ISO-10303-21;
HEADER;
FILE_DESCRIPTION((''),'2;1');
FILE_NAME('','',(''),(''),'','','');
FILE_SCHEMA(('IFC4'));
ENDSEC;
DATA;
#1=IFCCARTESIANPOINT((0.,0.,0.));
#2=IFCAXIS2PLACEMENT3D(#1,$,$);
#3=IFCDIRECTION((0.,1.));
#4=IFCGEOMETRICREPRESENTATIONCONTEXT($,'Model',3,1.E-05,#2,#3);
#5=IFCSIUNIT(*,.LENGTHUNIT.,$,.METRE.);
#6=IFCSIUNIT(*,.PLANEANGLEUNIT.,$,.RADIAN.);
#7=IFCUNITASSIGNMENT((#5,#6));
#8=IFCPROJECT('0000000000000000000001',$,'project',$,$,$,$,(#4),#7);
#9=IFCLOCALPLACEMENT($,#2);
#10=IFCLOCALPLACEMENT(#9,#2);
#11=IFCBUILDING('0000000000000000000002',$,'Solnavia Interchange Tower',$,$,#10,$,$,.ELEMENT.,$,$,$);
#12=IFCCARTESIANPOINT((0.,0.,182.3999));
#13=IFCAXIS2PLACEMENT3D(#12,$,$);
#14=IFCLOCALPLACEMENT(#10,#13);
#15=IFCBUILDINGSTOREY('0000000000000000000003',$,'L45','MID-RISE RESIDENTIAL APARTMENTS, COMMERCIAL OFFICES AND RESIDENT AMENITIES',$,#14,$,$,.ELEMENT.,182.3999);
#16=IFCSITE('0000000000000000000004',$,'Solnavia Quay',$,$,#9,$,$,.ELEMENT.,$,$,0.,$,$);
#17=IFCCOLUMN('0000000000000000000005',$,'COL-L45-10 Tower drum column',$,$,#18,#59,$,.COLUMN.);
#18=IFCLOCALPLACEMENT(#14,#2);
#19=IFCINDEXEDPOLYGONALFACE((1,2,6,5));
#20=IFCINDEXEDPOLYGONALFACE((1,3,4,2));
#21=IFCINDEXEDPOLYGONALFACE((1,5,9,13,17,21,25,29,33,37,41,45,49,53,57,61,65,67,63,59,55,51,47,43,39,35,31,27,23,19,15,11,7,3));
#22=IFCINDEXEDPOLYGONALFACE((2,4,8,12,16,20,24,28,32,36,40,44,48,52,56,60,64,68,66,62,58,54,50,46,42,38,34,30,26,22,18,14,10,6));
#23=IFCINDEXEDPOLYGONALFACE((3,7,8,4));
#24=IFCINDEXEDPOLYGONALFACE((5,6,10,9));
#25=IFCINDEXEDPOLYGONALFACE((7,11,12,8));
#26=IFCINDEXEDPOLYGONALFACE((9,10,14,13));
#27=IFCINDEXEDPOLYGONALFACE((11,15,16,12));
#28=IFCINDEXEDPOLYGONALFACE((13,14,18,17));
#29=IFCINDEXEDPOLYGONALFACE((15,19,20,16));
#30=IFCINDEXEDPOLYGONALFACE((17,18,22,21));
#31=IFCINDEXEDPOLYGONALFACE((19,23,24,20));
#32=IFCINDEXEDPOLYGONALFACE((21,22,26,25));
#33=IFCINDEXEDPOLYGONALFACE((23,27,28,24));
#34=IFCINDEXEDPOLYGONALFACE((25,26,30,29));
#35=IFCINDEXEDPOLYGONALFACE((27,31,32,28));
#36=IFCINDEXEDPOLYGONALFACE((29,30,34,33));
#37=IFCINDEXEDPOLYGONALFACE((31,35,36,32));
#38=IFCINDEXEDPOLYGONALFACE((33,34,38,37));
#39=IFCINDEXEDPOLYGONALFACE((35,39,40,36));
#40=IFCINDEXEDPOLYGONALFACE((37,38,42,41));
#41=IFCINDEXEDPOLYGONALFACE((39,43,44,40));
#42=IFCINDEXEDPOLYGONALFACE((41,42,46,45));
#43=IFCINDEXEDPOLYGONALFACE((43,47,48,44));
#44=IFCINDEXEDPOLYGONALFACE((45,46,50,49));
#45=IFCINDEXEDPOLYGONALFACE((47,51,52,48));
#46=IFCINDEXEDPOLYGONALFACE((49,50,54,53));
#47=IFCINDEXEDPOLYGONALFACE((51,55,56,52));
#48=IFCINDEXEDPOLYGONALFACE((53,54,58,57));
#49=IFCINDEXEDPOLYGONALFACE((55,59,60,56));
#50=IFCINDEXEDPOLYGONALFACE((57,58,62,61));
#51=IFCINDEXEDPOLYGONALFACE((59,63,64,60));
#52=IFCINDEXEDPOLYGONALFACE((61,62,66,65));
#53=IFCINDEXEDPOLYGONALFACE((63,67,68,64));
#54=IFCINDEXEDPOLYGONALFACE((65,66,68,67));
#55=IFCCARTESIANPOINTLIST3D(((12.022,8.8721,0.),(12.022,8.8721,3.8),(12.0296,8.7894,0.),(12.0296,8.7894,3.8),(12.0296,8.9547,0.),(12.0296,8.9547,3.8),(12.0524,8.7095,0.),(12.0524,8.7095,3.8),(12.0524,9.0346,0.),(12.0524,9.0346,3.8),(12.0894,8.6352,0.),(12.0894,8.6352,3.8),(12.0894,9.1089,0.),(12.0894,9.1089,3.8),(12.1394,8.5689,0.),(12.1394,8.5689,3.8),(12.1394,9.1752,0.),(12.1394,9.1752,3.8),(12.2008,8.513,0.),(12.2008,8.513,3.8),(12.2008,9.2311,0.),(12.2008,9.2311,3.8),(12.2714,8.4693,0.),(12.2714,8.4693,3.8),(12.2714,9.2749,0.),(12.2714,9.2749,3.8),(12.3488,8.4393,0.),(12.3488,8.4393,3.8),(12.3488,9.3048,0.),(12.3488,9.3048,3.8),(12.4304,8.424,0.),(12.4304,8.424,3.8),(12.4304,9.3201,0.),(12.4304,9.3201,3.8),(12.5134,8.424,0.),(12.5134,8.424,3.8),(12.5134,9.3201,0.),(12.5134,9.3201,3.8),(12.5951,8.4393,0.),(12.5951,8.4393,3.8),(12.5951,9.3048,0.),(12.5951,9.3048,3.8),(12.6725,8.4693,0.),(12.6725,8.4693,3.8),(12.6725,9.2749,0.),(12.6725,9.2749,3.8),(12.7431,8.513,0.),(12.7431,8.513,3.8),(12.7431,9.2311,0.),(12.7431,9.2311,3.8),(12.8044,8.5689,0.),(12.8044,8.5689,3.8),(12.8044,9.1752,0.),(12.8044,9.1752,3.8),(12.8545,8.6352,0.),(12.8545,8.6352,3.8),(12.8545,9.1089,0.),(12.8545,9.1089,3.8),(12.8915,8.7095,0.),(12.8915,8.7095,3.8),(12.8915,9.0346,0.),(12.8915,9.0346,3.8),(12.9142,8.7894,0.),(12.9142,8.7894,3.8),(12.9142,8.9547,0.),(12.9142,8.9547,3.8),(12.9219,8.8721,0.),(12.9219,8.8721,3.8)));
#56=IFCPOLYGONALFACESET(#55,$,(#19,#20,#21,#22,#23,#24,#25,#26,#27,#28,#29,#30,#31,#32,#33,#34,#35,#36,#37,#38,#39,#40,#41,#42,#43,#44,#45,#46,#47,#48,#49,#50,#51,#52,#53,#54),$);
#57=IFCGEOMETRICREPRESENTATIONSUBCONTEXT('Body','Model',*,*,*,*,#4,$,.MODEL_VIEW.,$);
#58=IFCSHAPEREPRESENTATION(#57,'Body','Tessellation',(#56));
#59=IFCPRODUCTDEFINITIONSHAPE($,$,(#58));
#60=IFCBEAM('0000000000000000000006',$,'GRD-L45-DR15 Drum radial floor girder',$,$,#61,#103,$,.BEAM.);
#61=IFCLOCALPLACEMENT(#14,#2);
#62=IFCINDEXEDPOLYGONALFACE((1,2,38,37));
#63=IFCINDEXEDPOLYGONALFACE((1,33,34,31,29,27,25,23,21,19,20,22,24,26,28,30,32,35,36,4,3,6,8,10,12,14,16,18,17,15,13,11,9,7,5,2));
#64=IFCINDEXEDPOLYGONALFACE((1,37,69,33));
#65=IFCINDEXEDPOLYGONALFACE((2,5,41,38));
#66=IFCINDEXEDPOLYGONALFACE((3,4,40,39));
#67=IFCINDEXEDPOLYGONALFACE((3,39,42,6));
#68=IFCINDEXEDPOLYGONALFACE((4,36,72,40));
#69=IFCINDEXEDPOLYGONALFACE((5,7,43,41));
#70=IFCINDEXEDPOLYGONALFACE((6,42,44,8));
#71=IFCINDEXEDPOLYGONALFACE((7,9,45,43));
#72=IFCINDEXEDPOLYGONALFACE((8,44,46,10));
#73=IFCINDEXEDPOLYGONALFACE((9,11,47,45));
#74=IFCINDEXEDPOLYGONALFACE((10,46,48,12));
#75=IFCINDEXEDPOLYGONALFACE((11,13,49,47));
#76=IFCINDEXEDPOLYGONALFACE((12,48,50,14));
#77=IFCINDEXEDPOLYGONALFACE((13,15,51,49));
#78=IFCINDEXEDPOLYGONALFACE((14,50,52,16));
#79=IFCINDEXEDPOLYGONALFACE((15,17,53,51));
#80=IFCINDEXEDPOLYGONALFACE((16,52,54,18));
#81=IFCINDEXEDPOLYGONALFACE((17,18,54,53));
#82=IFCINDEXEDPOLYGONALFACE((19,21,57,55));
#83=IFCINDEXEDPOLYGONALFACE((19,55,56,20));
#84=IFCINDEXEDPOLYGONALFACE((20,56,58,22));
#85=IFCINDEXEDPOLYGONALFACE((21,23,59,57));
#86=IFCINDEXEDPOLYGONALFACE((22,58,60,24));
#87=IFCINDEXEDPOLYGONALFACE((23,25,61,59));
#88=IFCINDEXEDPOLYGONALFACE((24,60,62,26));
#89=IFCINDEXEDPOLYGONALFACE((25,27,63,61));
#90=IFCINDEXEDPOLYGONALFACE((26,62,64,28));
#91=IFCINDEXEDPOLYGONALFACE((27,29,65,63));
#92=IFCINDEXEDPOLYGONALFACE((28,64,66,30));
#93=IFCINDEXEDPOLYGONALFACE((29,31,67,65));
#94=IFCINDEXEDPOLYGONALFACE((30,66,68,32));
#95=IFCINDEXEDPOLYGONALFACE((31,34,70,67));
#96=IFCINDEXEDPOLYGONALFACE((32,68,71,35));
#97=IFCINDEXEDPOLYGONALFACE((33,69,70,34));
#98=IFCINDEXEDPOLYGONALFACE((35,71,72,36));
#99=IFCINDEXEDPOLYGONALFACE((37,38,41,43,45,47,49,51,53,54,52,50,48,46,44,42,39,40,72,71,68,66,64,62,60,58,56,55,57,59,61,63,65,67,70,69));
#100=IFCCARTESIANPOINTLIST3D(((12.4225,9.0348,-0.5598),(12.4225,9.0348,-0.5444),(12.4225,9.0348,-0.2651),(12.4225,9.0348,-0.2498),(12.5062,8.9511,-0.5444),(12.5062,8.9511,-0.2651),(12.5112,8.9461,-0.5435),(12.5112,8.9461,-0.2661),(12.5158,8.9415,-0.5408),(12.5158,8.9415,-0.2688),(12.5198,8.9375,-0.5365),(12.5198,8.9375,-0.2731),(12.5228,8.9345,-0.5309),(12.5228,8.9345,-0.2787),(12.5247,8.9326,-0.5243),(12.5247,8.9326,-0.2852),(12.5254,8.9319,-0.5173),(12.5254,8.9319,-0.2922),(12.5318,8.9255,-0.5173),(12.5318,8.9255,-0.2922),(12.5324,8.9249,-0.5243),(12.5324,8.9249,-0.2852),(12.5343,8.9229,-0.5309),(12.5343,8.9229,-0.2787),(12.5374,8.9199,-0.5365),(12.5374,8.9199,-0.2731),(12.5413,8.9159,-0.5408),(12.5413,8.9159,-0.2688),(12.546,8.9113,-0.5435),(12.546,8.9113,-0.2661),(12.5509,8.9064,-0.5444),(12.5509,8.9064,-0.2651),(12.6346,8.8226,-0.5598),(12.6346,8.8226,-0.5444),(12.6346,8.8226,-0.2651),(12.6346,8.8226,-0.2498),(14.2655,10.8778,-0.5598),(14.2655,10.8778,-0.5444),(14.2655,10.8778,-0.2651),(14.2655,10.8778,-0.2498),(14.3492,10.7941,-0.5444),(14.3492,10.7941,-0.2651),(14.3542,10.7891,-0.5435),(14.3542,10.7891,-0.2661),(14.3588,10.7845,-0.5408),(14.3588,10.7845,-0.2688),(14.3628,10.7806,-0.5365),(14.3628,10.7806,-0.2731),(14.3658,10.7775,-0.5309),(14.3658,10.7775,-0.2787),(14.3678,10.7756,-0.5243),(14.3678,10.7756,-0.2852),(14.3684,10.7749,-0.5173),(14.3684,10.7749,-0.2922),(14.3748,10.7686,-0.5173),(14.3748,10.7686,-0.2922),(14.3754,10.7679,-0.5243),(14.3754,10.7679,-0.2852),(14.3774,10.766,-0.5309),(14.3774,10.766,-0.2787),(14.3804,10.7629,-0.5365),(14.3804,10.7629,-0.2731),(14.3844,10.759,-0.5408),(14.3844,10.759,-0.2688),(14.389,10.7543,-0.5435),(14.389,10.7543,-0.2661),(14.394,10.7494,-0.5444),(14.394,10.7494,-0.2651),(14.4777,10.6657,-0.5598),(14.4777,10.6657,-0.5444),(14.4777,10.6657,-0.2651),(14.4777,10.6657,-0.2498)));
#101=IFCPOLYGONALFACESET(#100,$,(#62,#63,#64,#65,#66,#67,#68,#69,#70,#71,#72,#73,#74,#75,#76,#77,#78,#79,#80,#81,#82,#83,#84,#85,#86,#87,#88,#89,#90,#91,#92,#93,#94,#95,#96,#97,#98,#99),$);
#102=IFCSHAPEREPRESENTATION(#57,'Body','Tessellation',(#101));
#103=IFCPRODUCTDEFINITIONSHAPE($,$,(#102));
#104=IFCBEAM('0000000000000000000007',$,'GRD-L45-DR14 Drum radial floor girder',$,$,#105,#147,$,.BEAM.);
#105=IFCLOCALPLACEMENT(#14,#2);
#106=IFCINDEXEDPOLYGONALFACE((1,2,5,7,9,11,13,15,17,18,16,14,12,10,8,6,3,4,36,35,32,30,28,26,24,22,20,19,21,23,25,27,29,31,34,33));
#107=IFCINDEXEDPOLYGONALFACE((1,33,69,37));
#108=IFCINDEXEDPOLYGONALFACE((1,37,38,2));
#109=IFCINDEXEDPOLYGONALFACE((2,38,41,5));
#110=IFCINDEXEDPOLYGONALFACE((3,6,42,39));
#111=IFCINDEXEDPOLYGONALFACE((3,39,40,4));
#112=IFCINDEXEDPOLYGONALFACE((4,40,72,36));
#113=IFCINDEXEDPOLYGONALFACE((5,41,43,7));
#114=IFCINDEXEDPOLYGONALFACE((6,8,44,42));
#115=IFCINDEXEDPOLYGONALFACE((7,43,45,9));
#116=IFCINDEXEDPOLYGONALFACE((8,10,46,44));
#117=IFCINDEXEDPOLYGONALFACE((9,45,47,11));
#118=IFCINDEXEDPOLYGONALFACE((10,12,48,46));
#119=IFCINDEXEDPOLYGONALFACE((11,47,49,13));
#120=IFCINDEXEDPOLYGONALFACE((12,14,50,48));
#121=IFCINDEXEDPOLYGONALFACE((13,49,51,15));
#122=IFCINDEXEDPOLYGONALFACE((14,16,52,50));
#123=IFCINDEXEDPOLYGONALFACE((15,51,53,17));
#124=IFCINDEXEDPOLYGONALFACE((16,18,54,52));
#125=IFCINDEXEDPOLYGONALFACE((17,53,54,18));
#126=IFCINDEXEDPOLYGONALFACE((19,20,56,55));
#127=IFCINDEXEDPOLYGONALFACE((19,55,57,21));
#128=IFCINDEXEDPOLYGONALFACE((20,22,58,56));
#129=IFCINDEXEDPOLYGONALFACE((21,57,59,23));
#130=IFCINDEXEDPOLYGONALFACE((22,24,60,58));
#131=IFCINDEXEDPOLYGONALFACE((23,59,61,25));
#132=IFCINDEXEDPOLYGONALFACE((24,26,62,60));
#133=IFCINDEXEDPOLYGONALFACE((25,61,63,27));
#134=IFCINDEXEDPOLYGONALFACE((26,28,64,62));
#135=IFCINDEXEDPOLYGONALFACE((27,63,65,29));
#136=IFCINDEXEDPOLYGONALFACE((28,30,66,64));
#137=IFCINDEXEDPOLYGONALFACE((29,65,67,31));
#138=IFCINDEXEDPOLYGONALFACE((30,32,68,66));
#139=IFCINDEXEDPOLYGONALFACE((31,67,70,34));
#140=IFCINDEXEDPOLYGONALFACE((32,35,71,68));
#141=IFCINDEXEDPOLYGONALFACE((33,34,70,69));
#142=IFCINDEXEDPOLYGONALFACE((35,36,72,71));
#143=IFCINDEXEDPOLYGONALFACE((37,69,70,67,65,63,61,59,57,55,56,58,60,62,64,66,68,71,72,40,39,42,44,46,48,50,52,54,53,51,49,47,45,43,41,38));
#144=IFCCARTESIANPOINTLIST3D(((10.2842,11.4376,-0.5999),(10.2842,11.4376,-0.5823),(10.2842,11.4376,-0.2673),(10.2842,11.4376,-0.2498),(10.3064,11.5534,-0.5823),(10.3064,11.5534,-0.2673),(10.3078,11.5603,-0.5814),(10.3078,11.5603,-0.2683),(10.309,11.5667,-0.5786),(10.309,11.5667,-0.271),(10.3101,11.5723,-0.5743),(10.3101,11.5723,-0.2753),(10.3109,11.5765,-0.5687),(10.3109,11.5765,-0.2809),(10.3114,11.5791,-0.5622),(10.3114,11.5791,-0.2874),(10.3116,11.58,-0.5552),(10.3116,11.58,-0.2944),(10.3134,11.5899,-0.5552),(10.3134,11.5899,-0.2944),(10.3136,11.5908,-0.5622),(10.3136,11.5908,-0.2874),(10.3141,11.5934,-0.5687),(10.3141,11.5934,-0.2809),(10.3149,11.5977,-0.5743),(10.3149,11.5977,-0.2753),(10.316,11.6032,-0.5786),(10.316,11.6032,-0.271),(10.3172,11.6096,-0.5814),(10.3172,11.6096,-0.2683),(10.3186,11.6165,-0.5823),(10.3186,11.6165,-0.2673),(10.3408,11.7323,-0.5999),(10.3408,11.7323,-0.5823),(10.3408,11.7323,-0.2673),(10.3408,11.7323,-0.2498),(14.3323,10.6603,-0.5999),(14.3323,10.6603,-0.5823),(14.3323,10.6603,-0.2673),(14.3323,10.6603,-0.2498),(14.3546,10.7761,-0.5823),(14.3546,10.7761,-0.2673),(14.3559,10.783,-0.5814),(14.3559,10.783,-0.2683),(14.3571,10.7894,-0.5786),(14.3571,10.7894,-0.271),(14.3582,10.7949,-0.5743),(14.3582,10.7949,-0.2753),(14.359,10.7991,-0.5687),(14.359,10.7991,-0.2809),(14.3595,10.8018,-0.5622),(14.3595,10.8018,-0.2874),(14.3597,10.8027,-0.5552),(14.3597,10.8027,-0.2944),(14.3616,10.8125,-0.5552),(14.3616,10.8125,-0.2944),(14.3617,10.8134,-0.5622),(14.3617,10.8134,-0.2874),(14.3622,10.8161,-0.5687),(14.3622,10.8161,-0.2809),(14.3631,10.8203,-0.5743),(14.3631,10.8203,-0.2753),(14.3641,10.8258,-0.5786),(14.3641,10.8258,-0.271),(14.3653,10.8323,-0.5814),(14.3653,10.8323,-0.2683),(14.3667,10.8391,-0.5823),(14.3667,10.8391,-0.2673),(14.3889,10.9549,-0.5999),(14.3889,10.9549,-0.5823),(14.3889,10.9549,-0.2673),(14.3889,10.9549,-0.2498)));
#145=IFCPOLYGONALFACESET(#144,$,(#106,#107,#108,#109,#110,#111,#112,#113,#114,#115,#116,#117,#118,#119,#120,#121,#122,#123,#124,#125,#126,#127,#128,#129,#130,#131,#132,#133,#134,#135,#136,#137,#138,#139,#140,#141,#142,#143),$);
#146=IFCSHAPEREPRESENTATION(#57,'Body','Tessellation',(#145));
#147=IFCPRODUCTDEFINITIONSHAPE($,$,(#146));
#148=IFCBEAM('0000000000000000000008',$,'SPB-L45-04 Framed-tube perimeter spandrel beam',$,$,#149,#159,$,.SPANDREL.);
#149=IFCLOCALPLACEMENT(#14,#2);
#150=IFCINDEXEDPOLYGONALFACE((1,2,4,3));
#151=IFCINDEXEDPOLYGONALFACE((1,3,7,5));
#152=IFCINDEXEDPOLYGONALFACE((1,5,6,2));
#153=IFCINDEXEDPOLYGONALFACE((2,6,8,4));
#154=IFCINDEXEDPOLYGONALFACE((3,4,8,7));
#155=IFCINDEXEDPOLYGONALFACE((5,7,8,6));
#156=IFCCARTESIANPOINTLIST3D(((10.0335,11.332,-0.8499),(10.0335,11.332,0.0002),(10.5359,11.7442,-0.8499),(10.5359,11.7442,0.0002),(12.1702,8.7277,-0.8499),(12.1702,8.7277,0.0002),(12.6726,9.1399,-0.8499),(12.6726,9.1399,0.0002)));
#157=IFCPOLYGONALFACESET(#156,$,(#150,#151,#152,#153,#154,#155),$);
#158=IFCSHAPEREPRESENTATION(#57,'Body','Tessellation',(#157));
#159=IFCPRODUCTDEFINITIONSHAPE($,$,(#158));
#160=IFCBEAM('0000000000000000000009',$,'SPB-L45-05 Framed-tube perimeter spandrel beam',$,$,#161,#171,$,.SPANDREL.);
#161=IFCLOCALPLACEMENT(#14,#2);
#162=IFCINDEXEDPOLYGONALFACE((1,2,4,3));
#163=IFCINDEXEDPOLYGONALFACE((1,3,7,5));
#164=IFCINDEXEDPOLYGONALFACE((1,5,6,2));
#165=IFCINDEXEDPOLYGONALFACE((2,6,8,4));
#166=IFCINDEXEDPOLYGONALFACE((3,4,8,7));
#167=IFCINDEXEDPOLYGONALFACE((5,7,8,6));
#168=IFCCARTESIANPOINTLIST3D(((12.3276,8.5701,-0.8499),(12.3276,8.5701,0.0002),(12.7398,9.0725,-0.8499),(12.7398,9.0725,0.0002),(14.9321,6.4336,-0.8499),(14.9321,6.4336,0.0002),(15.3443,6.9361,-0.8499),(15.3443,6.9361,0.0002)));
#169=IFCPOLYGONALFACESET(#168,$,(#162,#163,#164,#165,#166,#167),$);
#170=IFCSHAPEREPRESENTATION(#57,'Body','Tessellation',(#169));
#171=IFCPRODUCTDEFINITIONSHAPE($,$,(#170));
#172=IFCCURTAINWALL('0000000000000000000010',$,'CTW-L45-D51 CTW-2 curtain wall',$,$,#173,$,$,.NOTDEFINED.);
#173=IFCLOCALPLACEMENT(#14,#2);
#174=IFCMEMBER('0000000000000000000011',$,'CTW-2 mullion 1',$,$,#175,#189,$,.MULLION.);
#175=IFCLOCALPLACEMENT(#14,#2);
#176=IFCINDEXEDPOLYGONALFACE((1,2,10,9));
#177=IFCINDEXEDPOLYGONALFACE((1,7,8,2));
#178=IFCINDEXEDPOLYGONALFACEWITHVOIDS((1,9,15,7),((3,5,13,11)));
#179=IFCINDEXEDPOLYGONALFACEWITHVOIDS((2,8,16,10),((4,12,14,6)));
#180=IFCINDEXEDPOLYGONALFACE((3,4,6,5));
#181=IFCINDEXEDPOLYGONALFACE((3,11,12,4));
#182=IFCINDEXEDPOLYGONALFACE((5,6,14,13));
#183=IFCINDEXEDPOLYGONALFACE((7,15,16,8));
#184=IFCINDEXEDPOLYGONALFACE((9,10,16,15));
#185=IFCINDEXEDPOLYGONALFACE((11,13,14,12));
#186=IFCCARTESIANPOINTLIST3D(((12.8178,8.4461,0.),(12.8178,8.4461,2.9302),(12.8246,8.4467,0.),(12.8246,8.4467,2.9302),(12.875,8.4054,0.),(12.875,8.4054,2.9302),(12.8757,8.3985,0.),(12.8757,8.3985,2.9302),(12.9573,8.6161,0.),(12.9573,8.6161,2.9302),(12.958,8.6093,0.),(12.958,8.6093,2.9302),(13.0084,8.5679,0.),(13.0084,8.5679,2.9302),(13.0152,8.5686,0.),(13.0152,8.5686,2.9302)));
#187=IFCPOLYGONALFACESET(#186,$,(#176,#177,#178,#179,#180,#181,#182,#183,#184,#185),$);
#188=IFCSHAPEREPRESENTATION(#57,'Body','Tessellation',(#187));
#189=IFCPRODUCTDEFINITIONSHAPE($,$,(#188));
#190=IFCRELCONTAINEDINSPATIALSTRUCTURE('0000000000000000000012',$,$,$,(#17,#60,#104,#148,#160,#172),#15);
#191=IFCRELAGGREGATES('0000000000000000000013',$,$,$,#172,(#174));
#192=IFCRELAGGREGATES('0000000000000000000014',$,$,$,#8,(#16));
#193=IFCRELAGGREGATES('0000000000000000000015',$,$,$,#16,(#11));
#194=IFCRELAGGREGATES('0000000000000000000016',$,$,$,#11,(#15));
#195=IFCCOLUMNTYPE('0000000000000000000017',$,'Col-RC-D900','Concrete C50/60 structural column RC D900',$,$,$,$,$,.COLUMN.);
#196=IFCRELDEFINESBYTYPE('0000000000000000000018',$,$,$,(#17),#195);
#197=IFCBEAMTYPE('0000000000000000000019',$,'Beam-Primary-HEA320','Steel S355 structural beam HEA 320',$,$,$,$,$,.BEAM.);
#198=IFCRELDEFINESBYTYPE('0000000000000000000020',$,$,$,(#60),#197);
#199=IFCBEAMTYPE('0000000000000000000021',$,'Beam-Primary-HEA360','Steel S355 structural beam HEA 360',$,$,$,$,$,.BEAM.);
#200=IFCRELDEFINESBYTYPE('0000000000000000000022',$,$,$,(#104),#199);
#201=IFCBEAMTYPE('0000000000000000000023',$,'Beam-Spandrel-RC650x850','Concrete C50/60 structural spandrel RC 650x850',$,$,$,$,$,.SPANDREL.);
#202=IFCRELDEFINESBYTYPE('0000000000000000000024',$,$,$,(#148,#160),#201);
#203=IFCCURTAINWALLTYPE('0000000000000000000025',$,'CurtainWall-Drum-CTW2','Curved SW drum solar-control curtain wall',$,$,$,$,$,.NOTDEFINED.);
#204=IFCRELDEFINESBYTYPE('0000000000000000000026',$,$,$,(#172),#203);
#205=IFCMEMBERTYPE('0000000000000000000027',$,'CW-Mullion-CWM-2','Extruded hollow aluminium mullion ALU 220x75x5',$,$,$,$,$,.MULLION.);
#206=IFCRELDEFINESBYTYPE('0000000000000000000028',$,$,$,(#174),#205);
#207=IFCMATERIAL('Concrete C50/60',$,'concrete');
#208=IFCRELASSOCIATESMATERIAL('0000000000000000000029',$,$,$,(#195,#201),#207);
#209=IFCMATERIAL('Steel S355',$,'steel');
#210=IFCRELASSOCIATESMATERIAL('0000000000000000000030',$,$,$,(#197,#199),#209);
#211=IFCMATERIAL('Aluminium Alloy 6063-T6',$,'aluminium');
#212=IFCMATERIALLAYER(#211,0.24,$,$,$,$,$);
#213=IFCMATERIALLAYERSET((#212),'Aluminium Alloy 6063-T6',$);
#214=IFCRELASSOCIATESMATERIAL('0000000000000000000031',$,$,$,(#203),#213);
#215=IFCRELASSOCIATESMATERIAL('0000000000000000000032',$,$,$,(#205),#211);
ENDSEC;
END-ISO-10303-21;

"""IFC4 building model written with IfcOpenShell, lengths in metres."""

from ifc_helpers import new_model, si_unit, direction, frame, origin, origin_2d, place, context, subcontext, project, spatial, rectangle, hollow_rectangle, circle, i_section, extrude, material, layer, layer_set, material_profile, profile_set, type_object, element, aggregate, save


model = new_model("IFC4")

# Units and contexts
model_context = context("Model", 3, precision=1e-05, world=origin(), true_north=direction((0.0, 1.0)))
body_context = subcontext(model_context, "Body", "Model", "MODEL_VIEW")
ifc_project = project(units=[si_unit("LENGTHUNIT", "METRE"), si_unit("PLANEANGLEUNIT", "RADIAN")], contexts=[model_context])

# Site, building, storey
site_placement = place(None, origin())
site = spatial("IfcSite", under=ifc_project, at=site_placement, Name="Solnavia Quay", CompositionType="ELEMENT", RefElevation=0.0)
building_placement = place(site_placement, origin())
building = spatial("IfcBuilding", under=site, at=building_placement, Name="Solnavia Interchange Tower", CompositionType="ELEMENT")
storey_placement = place(building_placement, frame((0.0, 0.0, 182.3999)))
storey = spatial("IfcBuildingStorey", under=building, at=storey_placement, Name="L45", Description="MID-RISE RESIDENTIAL APARTMENTS, COMMERCIAL OFFICES AND RESIDENT AMENITIES", CompositionType="ELEMENT", Elevation=182.3999)

# Column
ifc_material_1 = material(Name="Concrete C50/60", Category="concrete")
ifc_material_profile_1 = material_profile(ifc_material_1, circle(Radius=0.45, at=origin_2d()), Name="RC D900")
ifc_profile_set_1 = profile_set([ifc_material_profile_1], Name="Concrete C50/60")
column_type = type_object("IfcColumnType", Name="Col-RC-D900", Description="Concrete C50/60 structural column RC D900", PredefinedType="COLUMN", material=ifc_profile_set_1)
column_placement = place(storey_placement, frame((12.4719, 8.8721, 0.0), z_axis=(0.0, 0.0, 1.0), x_axis=(1.0, 0.0, 0.0)))
element("IfcColumn", 1, at=column_placement, inside=storey, type_object=column_type, Name="COL-L45-10 Tower drum column", PredefinedType="COLUMN", context=body_context, shape_type="SweptSolid", body=[
    extrude(circle(Radius=0.45, at=origin_2d()), origin(), (0.0, 0.0, 1.0), 3.8),
])

# Beams
ifc_material_2 = material(Name="Steel S355", Category="steel")
ifc_material_profile_2 = material_profile(ifc_material_2, i_section(OverallWidth=0.3, OverallDepth=0.3101, WebThickness=0.009, FlangeThickness=0.0154, FilletRadius=0.0271, at=origin_2d()), Name="HEA 320")
ifc_profile_set_2 = profile_set([ifc_material_profile_2], Name="Steel S355")
beam_type_1 = type_object("IfcBeamType", Name="Beam-Primary-HEA320", Description="Steel S355 structural beam HEA 320", PredefinedType="BEAM", material=ifc_profile_set_2)
beam_1_placement = place(storey_placement, frame((12.5286, 8.9287, -0.4048), z_axis=(0.707107, 0.707107, 0.0), x_axis=(-0.707107, 0.707107, 0.0)))
element("IfcBeam", 2, at=beam_1_placement, inside=storey, type_object=beam_type_1, Name="GRD-L45-DR15 Drum radial floor girder", PredefinedType="BEAM", context=body_context, shape_type="SweptSolid", body=[
    extrude(i_section(OverallWidth=0.3, OverallDepth=0.3101, WebThickness=0.009, FlangeThickness=0.0154, FilletRadius=0.0271, at=origin_2d()), origin(), (0.0, 0.0, 1.0), 2.6064),
])
ifc_material_profile_3 = material_profile(ifc_material_2, i_section(OverallWidth=0.3, OverallDepth=0.3501, WebThickness=0.01, FlangeThickness=0.0176, FilletRadius=0.0271, at=origin_2d()), Name="HEA 360")
ifc_profile_set_3 = profile_set([ifc_material_profile_3], Name="Steel S355")
beam_type_2 = type_object("IfcBeamType", Name="Beam-Primary-HEA360", Description="Steel S355 structural beam HEA 360", PredefinedType="BEAM", material=ifc_profile_set_3)
beam_2_placement = place(storey_placement, frame((10.3125, 11.585, -0.4248), z_axis=(0.982058, -0.188582, 0.0), x_axis=(0.188582, 0.982058, 0.0)))
element("IfcBeam", 3, at=beam_2_placement, inside=storey, type_object=beam_type_2, Name="GRD-L45-DR14 Drum radial floor girder", PredefinedType="BEAM", context=body_context, shape_type="SweptSolid", body=[
    extrude(i_section(OverallWidth=0.3, OverallDepth=0.3501, WebThickness=0.01, FlangeThickness=0.0176, FilletRadius=0.0271, at=origin_2d()), origin(), (0.0, 0.0, 1.0), 4.1221),
])
ifc_material_profile_4 = material_profile(ifc_material_1, rectangle(XDim=0.6499, YDim=0.8501, at=origin_2d()), Name="RC 650x850")
ifc_profile_set_4 = profile_set([ifc_material_profile_4], Name="Concrete C50/60")
beam_type_3 = type_object("IfcBeamType", Name="Beam-Spandrel-RC650x850", Description="Concrete C50/60 structural spandrel RC 650x850", PredefinedType="SPANDREL", material=ifc_profile_set_4)
for number, where, z_axis, x_axis, name in (
    (4, (10.2847, 11.5381, -0.4248), (0.634299, -0.773088, 0.0), (0.773088, 0.634299, 0.0), "SPB-L45-04 Framed-tube perimeter spandrel beam"),
    (5, (12.5337, 8.8213, -0.4248), (0.773153, -0.63422, 0.0), (0.63422, 0.773153, 0.0), "SPB-L45-05 Framed-tube perimeter spandrel beam"),
):
    element("IfcBeam", number, at=place(storey_placement, frame(where, z_axis=z_axis, x_axis=x_axis)), inside=storey, type_object=beam_type_3, Name=name, PredefinedType="SPANDREL", context=body_context, shape_type="SweptSolid", body=[
        extrude(rectangle(XDim=0.6499, YDim=0.8501, at=origin_2d()), origin(), (0.0, 0.0, 1.0), 3.3687),
    ])

# Curtain wall, member
ifc_material_3 = material(Name="Aluminium Alloy 6063-T6", Category="aluminium")
ifc_layer_1 = layer(ifc_material_3, 0.24)
ifc_layer_set_1 = layer_set([ifc_layer_1], Name="Aluminium Alloy 6063-T6")
curtain_wall_type = type_object("IfcCurtainWallType", Name="CurtainWall-Drum-CTW2", Description="Curved SW drum solar-control curtain wall", PredefinedType="NOTDEFINED", material=ifc_layer_set_1)
curtain_wall_placement = place(storey_placement, origin())
curtain_wall = element("IfcCurtainWall", 6, at=curtain_wall_placement, inside=storey, type_object=curtain_wall_type, Name="CTW-L45-D51 CTW-2 curtain wall", PredefinedType="NOTDEFINED")
ifc_material_profile_5 = material_profile(ifc_material_3, hollow_rectangle(XDim=0.075, YDim=0.22, WallThickness=0.0049, at=origin_2d()), Name="ALU 220x75x5")
ifc_profile_set_5 = profile_set([ifc_material_profile_5], Name="Aluminium Alloy 6063-T6")
member_type_1 = type_object("IfcMemberType", Name="CW-Mullion-CWM-2", Description="Extruded hollow aluminium mullion ALU 220x75x5", PredefinedType="MULLION", material=ifc_profile_set_5)
member_1_placement = place(storey_placement, frame((12.9165, 8.5073, 0.0), z_axis=(0.0, 0.0, 1.0), x_axis=(0.773103, -0.63428, 0.0)))
member_1 = element("IfcMember", 7, at=member_1_placement, type_object=member_type_1, Name="CTW-2 mullion 1", PredefinedType="MULLION", context=body_context, shape_type="SweptSolid", body=[
    extrude(hollow_rectangle(XDim=0.075, YDim=0.22, WallThickness=0.0049, at=origin_2d()), origin(), (0.0, 0.0, 1.0), 2.9302),
])
aggregate(curtain_wall, [member_1])

save(model, "model.ifc")
